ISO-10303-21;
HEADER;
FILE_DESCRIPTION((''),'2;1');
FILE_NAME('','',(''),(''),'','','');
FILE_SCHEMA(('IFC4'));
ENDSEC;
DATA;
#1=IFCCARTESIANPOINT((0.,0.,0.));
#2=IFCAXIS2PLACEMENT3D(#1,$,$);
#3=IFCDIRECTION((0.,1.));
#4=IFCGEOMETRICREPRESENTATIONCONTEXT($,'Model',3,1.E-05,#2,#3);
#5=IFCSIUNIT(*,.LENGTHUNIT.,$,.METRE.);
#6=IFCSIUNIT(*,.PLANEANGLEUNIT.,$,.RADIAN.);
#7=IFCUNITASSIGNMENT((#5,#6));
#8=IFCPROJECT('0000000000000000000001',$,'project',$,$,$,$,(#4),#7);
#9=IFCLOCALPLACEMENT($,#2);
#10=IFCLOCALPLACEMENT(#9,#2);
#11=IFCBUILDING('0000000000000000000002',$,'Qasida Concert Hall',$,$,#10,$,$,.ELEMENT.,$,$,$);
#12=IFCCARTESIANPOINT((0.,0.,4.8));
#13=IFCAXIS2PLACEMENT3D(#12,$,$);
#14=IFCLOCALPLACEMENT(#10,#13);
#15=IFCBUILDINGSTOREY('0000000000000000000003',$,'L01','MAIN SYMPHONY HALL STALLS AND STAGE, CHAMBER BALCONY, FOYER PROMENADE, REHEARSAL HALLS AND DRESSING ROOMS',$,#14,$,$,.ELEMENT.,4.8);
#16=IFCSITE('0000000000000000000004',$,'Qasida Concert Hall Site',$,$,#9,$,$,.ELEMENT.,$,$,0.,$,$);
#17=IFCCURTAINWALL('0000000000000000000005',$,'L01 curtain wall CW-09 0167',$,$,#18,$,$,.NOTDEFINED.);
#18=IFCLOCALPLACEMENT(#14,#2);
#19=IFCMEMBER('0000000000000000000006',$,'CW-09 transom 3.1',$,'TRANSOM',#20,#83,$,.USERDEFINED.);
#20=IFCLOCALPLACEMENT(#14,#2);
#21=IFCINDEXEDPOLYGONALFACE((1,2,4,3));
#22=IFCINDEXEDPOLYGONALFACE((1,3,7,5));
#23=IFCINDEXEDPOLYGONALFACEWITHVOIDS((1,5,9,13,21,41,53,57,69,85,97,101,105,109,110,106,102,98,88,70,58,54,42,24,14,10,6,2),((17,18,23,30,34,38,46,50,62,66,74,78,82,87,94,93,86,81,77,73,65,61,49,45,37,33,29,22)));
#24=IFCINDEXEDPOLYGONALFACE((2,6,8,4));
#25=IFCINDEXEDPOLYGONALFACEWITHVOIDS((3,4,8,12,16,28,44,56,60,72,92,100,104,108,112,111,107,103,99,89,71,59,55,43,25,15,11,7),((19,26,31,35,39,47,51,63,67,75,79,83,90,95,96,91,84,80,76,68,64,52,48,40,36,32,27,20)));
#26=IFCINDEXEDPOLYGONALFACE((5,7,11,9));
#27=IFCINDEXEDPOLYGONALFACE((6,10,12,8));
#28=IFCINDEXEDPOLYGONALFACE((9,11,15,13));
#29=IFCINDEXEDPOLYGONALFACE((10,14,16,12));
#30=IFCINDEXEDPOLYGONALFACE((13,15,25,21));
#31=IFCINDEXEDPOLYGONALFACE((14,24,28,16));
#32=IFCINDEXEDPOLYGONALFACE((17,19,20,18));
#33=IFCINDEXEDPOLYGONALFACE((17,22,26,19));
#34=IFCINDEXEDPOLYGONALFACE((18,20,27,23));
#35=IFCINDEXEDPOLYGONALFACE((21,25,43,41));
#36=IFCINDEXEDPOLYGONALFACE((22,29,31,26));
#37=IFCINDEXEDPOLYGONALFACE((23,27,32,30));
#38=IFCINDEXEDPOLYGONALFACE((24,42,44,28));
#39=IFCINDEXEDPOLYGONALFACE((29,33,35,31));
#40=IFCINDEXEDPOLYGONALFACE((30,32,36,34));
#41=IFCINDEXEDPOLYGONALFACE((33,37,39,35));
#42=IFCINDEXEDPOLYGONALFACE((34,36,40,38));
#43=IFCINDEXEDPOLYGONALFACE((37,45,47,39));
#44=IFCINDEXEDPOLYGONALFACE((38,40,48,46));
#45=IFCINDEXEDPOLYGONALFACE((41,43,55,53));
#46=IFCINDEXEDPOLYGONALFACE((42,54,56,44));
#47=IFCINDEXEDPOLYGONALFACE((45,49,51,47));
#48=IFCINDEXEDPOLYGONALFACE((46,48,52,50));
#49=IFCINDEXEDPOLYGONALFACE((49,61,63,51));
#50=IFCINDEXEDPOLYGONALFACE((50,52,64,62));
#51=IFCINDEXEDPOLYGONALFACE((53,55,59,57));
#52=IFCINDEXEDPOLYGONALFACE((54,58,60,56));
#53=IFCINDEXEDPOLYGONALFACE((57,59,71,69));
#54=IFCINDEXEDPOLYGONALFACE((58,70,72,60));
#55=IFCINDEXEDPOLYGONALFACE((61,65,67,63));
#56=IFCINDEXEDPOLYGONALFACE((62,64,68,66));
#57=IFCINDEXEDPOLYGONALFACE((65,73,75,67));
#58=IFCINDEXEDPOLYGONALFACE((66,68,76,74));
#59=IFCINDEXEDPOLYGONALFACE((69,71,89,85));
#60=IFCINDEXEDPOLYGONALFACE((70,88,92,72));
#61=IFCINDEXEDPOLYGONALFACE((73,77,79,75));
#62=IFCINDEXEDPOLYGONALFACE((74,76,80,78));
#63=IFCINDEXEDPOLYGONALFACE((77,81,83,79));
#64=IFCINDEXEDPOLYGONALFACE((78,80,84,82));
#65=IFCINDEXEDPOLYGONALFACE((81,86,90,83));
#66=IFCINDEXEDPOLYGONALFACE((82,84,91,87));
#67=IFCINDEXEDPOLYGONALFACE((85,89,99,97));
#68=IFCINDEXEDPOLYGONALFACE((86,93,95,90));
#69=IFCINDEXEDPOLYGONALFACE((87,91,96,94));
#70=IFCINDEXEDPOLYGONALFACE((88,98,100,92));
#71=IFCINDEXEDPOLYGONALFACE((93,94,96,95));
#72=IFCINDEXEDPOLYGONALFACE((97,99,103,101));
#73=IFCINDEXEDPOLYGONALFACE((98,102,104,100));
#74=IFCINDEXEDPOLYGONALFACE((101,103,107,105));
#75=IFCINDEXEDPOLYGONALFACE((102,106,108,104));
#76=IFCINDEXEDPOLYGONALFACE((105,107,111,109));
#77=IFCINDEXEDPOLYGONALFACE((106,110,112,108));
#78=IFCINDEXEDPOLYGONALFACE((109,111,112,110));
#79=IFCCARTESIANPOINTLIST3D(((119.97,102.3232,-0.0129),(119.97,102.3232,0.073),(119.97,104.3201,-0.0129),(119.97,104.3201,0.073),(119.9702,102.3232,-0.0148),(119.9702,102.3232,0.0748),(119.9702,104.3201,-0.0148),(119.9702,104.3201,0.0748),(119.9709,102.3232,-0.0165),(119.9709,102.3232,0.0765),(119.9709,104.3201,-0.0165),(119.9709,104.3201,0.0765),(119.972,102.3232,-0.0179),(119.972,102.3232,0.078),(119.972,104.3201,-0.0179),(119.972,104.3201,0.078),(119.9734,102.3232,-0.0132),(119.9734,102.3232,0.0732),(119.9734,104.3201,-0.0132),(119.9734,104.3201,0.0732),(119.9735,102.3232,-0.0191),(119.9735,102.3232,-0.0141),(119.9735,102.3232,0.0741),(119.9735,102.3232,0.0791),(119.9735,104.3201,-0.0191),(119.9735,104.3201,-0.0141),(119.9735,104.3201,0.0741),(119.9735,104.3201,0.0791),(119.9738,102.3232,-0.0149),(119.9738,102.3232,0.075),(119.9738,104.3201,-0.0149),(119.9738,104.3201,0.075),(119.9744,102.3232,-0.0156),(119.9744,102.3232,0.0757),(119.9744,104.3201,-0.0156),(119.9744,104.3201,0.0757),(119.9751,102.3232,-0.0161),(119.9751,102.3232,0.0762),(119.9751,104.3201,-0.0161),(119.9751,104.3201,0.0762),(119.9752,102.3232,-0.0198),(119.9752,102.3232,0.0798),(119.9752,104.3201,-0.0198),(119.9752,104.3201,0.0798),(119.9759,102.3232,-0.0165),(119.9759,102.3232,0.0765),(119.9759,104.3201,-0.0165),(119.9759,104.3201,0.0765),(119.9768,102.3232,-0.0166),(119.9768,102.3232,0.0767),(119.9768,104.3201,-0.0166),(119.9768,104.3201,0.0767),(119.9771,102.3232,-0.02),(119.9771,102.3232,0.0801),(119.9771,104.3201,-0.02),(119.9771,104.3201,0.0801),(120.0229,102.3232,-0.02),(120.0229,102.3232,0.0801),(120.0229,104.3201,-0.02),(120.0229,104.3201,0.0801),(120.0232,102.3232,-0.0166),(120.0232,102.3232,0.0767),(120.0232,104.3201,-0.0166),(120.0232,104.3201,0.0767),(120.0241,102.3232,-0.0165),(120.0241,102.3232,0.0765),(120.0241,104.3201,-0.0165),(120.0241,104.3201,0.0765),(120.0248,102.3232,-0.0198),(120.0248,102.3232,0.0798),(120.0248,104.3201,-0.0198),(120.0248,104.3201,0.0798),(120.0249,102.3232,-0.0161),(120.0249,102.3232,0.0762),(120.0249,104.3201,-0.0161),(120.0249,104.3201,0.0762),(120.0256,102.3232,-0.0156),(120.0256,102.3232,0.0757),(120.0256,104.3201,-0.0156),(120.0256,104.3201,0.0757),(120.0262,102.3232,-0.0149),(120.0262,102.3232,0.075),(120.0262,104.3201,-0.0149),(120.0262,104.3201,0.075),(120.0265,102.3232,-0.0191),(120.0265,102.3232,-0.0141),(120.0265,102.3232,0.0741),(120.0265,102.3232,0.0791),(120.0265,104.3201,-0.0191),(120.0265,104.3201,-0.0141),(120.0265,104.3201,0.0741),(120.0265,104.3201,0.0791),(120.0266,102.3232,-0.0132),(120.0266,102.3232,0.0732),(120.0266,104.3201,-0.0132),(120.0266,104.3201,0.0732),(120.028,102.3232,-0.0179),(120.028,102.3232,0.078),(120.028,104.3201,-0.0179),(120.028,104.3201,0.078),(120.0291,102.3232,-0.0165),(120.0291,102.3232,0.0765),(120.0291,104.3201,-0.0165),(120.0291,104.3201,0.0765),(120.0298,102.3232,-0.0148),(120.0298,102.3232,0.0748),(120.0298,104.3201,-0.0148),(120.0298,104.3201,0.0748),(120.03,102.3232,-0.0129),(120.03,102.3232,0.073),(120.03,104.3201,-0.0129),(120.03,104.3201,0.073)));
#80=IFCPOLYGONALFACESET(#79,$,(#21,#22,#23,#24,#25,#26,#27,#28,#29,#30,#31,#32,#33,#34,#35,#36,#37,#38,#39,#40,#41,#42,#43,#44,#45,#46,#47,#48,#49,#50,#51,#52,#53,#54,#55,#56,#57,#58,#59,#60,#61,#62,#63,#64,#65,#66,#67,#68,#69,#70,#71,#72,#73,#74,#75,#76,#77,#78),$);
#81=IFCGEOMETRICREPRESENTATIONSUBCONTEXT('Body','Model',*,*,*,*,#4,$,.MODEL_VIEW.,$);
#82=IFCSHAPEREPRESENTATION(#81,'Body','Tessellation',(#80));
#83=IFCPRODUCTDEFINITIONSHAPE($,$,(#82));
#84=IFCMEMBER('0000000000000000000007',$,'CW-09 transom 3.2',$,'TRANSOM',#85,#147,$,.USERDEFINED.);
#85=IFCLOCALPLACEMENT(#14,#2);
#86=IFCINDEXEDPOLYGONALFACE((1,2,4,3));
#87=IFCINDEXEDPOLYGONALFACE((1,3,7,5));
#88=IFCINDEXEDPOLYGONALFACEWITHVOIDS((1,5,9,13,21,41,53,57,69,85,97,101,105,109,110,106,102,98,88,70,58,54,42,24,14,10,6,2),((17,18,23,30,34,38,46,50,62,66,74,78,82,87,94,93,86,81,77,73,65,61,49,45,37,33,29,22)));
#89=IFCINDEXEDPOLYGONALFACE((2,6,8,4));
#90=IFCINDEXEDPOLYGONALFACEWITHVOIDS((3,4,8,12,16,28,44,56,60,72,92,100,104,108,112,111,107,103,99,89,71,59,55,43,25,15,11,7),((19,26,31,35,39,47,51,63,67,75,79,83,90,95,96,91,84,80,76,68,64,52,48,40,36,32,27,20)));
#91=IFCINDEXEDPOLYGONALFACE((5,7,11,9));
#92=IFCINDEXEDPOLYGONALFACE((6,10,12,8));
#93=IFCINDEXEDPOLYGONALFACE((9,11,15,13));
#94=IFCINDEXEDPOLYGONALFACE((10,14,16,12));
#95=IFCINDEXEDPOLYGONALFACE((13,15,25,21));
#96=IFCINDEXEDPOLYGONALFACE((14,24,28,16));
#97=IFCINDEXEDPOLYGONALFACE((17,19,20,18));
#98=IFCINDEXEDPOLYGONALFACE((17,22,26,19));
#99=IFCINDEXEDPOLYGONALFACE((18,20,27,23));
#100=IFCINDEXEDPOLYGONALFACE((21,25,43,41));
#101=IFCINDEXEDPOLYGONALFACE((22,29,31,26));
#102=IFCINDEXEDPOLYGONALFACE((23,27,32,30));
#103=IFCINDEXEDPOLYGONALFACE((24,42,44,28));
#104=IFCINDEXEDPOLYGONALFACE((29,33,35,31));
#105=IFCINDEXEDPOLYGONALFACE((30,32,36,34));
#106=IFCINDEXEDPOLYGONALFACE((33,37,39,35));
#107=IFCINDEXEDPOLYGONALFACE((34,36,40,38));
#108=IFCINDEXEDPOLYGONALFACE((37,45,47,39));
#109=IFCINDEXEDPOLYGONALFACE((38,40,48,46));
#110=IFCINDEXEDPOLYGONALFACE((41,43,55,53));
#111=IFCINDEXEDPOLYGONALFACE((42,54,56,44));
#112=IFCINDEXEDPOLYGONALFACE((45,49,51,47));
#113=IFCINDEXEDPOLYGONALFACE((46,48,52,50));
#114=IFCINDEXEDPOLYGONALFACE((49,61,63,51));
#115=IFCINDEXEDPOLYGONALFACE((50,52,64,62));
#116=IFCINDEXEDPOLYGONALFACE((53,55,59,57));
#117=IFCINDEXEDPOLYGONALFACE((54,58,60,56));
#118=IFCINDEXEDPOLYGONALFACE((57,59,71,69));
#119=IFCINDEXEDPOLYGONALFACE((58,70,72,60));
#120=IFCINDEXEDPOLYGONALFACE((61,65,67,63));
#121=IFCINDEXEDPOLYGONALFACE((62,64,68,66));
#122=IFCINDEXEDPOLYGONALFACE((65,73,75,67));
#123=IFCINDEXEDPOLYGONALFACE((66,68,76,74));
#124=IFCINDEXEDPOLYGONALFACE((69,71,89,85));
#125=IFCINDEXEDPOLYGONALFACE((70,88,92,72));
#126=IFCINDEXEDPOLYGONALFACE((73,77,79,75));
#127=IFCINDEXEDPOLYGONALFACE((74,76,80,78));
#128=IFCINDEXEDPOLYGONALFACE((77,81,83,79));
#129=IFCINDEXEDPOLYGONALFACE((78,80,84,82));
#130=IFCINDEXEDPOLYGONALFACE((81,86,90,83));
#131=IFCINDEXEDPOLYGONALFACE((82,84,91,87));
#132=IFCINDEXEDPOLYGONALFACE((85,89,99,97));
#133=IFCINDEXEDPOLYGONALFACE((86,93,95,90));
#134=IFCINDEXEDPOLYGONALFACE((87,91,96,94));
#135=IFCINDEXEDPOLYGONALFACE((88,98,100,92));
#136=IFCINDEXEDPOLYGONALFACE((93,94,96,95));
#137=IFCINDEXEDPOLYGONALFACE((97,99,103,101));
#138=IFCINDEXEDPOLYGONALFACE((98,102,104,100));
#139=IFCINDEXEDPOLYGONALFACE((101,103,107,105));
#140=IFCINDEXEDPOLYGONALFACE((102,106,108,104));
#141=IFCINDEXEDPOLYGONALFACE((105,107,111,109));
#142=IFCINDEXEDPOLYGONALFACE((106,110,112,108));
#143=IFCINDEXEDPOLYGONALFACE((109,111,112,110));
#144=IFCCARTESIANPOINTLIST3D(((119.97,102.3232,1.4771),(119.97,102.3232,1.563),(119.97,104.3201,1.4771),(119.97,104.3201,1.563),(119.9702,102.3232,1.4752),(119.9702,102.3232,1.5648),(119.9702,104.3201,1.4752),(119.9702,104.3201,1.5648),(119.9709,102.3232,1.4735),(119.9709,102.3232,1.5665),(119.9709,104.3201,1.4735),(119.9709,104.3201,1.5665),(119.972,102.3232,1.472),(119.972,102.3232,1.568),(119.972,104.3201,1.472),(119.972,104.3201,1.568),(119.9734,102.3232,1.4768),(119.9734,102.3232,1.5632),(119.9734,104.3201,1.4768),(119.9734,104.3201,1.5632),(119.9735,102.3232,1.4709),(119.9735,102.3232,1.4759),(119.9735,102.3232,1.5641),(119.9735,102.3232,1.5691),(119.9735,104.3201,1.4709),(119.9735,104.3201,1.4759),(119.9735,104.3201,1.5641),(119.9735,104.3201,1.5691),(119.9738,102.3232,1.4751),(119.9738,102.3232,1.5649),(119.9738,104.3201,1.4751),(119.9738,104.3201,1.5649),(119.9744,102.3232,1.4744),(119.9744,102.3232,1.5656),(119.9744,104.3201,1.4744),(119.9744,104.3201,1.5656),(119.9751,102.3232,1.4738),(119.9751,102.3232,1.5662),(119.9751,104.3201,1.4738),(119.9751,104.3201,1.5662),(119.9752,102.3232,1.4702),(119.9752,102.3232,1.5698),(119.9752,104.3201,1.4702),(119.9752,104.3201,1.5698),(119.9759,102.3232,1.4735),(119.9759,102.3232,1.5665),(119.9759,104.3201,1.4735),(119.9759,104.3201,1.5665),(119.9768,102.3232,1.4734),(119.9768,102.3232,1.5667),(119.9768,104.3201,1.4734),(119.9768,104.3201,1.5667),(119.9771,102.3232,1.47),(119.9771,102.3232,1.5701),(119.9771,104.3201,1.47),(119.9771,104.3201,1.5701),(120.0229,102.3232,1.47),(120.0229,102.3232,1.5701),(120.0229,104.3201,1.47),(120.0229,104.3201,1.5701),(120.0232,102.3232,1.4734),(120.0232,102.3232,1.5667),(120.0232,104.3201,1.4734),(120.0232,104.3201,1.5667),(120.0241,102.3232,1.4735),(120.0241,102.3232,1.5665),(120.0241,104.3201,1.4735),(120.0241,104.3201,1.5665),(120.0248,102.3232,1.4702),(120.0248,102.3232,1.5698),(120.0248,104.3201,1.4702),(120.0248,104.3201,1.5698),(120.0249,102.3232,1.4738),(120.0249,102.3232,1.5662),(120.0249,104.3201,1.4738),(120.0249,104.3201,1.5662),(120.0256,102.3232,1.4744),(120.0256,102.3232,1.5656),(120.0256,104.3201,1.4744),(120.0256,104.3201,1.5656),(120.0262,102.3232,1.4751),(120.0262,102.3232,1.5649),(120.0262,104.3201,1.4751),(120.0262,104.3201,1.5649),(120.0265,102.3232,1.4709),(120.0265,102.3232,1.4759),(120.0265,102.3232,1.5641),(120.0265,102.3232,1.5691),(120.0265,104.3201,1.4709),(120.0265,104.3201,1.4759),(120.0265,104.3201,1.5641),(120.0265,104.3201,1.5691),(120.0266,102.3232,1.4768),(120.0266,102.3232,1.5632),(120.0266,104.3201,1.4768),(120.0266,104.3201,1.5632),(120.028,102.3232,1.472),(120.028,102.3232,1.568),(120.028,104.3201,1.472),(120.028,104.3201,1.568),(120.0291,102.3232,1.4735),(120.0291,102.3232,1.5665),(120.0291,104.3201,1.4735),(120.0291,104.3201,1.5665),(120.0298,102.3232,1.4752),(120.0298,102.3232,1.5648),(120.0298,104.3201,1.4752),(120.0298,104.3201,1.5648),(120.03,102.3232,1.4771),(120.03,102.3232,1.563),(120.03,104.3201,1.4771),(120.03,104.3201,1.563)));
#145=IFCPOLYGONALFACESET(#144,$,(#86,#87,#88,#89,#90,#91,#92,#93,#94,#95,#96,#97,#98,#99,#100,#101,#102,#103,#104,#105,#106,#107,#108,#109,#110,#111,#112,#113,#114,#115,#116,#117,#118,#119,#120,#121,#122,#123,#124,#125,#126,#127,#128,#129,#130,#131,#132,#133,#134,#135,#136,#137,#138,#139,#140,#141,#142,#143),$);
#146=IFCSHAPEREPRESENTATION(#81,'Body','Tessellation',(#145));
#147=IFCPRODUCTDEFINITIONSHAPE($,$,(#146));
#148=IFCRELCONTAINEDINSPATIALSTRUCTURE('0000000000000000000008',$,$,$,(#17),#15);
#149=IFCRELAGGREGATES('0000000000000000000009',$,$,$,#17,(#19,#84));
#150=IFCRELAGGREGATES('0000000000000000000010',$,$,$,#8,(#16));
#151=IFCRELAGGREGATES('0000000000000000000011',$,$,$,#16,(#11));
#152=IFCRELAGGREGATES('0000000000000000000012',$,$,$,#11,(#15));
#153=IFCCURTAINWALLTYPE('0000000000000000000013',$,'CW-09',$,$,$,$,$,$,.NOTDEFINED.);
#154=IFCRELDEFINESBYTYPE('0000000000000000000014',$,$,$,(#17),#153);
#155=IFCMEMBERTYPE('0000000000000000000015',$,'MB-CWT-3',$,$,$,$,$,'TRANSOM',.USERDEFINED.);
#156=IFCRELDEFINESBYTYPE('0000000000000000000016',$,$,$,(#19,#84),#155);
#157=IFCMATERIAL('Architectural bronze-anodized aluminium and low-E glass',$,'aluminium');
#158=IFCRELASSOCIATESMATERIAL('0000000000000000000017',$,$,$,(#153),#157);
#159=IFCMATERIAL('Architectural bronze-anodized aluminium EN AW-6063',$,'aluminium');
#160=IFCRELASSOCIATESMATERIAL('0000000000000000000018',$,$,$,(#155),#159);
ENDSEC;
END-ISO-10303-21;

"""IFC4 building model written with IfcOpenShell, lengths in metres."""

from ifc_helpers import new_model, si_unit, direction, frame, origin, origin_2d, place, context, subcontext, project, spatial, hollow_rectangle, extrude, material, material_profile, profile_set, type_object, element, aggregate, save


model = new_model("IFC4")

# Units and contexts
model_context = context("Model", 3, precision=1e-05, world=origin(), true_north=direction((0.0, 1.0)))
body_context = subcontext(model_context, "Body", "Model", "MODEL_VIEW")
ifc_project = project(units=[si_unit("LENGTHUNIT", "METRE"), si_unit("PLANEANGLEUNIT", "RADIAN")], contexts=[model_context])

# Site, building, storey
site_placement = place(None, origin())
site = spatial("IfcSite", under=ifc_project, at=site_placement, Name="Qasida Concert Hall Site", CompositionType="ELEMENT", RefElevation=0.0)
building_placement = place(site_placement, origin())
building = spatial("IfcBuilding", under=site, at=building_placement, Name="Qasida Concert Hall", CompositionType="ELEMENT")
storey_placement = place(building_placement, frame((0.0, 0.0, 4.8)))
storey = spatial("IfcBuildingStorey", under=building, at=storey_placement, Name="L01", Description="MAIN SYMPHONY HALL STALLS AND STAGE, CHAMBER BALCONY, FOYER PROMENADE, REHEARSAL HALLS AND DRESSING ROOMS", CompositionType="ELEMENT", Elevation=4.8)

# Shared definitions
ifc_material_1 = material(Name="Architectural bronze-anodized aluminium and low-E glass", Category="aluminium")
ifc_material_2 = material(Name="Architectural bronze-anodized aluminium EN AW-6063", Category="aluminium")

# Curtain wall
curtain_wall_type_1 = type_object("IfcCurtainWallType", Name="CW-09", PredefinedType="NOTDEFINED", material=ifc_material_1)
curtain_wall_1_placement = place(storey_placement, origin())
curtain_wall_1 = element("IfcCurtainWall", 1, at=curtain_wall_1_placement, inside=storey, type_object=curtain_wall_type_1, Name="L01 curtain wall CW-09 0167", PredefinedType="NOTDEFINED")

# Members
ifc_material_profile_1 = material_profile(ifc_material_2, hollow_rectangle(XDim=0.0601, YDim=0.1001, WallThickness=0.0034, InnerFilletRadius=0.0034, OuterFilletRadius=0.0071, at=origin_2d()), Name="CWT 100x60x3.5")
ifc_profile_set_1 = profile_set([ifc_material_profile_1], Name="Architectural bronze-anodized aluminium EN AW-6063")
member_type_1 = type_object("IfcMemberType", Name="MB-CWT-3", ElementType="TRANSOM", PredefinedType="USERDEFINED", material=ifc_profile_set_1)
member_1_placement = place(storey_placement, frame((120.0, 102.3232, 0.03), z_axis=(0.0, 1.0, 0.0), x_axis=(-1.0, 0.0, 0.0)))
member_1 = element("IfcMember", 2, at=member_1_placement, type_object=member_type_1, Name="CW-09 transom 3.1", ObjectType="TRANSOM", PredefinedType="USERDEFINED", context=body_context, shape_type="SweptSolid", body=[
    extrude(hollow_rectangle(XDim=0.0601, YDim=0.1001, WallThickness=0.0034, InnerFilletRadius=0.0034, OuterFilletRadius=0.0071, at=origin_2d()), origin(), (0.0, 0.0, 1.0), 1.9968),
])
member_2_placement = place(storey_placement, frame((120.0, 102.3232, 1.52), z_axis=(0.0, 1.0, 0.0), x_axis=(-1.0, 0.0, 0.0)))
member_2 = element("IfcMember", 3, at=member_2_placement, type_object=member_type_1, Name="CW-09 transom 3.2", ObjectType="TRANSOM", PredefinedType="USERDEFINED", context=body_context, shape_type="SweptSolid", body=[
    extrude(hollow_rectangle(XDim=0.0601, YDim=0.1001, WallThickness=0.0034, InnerFilletRadius=0.0034, OuterFilletRadius=0.0071, at=origin_2d()), origin(), (0.0, 0.0, 1.0), 1.9968),
])

aggregate(curtain_wall_1, [member_1, member_2])

save(model, "model.ifc")
